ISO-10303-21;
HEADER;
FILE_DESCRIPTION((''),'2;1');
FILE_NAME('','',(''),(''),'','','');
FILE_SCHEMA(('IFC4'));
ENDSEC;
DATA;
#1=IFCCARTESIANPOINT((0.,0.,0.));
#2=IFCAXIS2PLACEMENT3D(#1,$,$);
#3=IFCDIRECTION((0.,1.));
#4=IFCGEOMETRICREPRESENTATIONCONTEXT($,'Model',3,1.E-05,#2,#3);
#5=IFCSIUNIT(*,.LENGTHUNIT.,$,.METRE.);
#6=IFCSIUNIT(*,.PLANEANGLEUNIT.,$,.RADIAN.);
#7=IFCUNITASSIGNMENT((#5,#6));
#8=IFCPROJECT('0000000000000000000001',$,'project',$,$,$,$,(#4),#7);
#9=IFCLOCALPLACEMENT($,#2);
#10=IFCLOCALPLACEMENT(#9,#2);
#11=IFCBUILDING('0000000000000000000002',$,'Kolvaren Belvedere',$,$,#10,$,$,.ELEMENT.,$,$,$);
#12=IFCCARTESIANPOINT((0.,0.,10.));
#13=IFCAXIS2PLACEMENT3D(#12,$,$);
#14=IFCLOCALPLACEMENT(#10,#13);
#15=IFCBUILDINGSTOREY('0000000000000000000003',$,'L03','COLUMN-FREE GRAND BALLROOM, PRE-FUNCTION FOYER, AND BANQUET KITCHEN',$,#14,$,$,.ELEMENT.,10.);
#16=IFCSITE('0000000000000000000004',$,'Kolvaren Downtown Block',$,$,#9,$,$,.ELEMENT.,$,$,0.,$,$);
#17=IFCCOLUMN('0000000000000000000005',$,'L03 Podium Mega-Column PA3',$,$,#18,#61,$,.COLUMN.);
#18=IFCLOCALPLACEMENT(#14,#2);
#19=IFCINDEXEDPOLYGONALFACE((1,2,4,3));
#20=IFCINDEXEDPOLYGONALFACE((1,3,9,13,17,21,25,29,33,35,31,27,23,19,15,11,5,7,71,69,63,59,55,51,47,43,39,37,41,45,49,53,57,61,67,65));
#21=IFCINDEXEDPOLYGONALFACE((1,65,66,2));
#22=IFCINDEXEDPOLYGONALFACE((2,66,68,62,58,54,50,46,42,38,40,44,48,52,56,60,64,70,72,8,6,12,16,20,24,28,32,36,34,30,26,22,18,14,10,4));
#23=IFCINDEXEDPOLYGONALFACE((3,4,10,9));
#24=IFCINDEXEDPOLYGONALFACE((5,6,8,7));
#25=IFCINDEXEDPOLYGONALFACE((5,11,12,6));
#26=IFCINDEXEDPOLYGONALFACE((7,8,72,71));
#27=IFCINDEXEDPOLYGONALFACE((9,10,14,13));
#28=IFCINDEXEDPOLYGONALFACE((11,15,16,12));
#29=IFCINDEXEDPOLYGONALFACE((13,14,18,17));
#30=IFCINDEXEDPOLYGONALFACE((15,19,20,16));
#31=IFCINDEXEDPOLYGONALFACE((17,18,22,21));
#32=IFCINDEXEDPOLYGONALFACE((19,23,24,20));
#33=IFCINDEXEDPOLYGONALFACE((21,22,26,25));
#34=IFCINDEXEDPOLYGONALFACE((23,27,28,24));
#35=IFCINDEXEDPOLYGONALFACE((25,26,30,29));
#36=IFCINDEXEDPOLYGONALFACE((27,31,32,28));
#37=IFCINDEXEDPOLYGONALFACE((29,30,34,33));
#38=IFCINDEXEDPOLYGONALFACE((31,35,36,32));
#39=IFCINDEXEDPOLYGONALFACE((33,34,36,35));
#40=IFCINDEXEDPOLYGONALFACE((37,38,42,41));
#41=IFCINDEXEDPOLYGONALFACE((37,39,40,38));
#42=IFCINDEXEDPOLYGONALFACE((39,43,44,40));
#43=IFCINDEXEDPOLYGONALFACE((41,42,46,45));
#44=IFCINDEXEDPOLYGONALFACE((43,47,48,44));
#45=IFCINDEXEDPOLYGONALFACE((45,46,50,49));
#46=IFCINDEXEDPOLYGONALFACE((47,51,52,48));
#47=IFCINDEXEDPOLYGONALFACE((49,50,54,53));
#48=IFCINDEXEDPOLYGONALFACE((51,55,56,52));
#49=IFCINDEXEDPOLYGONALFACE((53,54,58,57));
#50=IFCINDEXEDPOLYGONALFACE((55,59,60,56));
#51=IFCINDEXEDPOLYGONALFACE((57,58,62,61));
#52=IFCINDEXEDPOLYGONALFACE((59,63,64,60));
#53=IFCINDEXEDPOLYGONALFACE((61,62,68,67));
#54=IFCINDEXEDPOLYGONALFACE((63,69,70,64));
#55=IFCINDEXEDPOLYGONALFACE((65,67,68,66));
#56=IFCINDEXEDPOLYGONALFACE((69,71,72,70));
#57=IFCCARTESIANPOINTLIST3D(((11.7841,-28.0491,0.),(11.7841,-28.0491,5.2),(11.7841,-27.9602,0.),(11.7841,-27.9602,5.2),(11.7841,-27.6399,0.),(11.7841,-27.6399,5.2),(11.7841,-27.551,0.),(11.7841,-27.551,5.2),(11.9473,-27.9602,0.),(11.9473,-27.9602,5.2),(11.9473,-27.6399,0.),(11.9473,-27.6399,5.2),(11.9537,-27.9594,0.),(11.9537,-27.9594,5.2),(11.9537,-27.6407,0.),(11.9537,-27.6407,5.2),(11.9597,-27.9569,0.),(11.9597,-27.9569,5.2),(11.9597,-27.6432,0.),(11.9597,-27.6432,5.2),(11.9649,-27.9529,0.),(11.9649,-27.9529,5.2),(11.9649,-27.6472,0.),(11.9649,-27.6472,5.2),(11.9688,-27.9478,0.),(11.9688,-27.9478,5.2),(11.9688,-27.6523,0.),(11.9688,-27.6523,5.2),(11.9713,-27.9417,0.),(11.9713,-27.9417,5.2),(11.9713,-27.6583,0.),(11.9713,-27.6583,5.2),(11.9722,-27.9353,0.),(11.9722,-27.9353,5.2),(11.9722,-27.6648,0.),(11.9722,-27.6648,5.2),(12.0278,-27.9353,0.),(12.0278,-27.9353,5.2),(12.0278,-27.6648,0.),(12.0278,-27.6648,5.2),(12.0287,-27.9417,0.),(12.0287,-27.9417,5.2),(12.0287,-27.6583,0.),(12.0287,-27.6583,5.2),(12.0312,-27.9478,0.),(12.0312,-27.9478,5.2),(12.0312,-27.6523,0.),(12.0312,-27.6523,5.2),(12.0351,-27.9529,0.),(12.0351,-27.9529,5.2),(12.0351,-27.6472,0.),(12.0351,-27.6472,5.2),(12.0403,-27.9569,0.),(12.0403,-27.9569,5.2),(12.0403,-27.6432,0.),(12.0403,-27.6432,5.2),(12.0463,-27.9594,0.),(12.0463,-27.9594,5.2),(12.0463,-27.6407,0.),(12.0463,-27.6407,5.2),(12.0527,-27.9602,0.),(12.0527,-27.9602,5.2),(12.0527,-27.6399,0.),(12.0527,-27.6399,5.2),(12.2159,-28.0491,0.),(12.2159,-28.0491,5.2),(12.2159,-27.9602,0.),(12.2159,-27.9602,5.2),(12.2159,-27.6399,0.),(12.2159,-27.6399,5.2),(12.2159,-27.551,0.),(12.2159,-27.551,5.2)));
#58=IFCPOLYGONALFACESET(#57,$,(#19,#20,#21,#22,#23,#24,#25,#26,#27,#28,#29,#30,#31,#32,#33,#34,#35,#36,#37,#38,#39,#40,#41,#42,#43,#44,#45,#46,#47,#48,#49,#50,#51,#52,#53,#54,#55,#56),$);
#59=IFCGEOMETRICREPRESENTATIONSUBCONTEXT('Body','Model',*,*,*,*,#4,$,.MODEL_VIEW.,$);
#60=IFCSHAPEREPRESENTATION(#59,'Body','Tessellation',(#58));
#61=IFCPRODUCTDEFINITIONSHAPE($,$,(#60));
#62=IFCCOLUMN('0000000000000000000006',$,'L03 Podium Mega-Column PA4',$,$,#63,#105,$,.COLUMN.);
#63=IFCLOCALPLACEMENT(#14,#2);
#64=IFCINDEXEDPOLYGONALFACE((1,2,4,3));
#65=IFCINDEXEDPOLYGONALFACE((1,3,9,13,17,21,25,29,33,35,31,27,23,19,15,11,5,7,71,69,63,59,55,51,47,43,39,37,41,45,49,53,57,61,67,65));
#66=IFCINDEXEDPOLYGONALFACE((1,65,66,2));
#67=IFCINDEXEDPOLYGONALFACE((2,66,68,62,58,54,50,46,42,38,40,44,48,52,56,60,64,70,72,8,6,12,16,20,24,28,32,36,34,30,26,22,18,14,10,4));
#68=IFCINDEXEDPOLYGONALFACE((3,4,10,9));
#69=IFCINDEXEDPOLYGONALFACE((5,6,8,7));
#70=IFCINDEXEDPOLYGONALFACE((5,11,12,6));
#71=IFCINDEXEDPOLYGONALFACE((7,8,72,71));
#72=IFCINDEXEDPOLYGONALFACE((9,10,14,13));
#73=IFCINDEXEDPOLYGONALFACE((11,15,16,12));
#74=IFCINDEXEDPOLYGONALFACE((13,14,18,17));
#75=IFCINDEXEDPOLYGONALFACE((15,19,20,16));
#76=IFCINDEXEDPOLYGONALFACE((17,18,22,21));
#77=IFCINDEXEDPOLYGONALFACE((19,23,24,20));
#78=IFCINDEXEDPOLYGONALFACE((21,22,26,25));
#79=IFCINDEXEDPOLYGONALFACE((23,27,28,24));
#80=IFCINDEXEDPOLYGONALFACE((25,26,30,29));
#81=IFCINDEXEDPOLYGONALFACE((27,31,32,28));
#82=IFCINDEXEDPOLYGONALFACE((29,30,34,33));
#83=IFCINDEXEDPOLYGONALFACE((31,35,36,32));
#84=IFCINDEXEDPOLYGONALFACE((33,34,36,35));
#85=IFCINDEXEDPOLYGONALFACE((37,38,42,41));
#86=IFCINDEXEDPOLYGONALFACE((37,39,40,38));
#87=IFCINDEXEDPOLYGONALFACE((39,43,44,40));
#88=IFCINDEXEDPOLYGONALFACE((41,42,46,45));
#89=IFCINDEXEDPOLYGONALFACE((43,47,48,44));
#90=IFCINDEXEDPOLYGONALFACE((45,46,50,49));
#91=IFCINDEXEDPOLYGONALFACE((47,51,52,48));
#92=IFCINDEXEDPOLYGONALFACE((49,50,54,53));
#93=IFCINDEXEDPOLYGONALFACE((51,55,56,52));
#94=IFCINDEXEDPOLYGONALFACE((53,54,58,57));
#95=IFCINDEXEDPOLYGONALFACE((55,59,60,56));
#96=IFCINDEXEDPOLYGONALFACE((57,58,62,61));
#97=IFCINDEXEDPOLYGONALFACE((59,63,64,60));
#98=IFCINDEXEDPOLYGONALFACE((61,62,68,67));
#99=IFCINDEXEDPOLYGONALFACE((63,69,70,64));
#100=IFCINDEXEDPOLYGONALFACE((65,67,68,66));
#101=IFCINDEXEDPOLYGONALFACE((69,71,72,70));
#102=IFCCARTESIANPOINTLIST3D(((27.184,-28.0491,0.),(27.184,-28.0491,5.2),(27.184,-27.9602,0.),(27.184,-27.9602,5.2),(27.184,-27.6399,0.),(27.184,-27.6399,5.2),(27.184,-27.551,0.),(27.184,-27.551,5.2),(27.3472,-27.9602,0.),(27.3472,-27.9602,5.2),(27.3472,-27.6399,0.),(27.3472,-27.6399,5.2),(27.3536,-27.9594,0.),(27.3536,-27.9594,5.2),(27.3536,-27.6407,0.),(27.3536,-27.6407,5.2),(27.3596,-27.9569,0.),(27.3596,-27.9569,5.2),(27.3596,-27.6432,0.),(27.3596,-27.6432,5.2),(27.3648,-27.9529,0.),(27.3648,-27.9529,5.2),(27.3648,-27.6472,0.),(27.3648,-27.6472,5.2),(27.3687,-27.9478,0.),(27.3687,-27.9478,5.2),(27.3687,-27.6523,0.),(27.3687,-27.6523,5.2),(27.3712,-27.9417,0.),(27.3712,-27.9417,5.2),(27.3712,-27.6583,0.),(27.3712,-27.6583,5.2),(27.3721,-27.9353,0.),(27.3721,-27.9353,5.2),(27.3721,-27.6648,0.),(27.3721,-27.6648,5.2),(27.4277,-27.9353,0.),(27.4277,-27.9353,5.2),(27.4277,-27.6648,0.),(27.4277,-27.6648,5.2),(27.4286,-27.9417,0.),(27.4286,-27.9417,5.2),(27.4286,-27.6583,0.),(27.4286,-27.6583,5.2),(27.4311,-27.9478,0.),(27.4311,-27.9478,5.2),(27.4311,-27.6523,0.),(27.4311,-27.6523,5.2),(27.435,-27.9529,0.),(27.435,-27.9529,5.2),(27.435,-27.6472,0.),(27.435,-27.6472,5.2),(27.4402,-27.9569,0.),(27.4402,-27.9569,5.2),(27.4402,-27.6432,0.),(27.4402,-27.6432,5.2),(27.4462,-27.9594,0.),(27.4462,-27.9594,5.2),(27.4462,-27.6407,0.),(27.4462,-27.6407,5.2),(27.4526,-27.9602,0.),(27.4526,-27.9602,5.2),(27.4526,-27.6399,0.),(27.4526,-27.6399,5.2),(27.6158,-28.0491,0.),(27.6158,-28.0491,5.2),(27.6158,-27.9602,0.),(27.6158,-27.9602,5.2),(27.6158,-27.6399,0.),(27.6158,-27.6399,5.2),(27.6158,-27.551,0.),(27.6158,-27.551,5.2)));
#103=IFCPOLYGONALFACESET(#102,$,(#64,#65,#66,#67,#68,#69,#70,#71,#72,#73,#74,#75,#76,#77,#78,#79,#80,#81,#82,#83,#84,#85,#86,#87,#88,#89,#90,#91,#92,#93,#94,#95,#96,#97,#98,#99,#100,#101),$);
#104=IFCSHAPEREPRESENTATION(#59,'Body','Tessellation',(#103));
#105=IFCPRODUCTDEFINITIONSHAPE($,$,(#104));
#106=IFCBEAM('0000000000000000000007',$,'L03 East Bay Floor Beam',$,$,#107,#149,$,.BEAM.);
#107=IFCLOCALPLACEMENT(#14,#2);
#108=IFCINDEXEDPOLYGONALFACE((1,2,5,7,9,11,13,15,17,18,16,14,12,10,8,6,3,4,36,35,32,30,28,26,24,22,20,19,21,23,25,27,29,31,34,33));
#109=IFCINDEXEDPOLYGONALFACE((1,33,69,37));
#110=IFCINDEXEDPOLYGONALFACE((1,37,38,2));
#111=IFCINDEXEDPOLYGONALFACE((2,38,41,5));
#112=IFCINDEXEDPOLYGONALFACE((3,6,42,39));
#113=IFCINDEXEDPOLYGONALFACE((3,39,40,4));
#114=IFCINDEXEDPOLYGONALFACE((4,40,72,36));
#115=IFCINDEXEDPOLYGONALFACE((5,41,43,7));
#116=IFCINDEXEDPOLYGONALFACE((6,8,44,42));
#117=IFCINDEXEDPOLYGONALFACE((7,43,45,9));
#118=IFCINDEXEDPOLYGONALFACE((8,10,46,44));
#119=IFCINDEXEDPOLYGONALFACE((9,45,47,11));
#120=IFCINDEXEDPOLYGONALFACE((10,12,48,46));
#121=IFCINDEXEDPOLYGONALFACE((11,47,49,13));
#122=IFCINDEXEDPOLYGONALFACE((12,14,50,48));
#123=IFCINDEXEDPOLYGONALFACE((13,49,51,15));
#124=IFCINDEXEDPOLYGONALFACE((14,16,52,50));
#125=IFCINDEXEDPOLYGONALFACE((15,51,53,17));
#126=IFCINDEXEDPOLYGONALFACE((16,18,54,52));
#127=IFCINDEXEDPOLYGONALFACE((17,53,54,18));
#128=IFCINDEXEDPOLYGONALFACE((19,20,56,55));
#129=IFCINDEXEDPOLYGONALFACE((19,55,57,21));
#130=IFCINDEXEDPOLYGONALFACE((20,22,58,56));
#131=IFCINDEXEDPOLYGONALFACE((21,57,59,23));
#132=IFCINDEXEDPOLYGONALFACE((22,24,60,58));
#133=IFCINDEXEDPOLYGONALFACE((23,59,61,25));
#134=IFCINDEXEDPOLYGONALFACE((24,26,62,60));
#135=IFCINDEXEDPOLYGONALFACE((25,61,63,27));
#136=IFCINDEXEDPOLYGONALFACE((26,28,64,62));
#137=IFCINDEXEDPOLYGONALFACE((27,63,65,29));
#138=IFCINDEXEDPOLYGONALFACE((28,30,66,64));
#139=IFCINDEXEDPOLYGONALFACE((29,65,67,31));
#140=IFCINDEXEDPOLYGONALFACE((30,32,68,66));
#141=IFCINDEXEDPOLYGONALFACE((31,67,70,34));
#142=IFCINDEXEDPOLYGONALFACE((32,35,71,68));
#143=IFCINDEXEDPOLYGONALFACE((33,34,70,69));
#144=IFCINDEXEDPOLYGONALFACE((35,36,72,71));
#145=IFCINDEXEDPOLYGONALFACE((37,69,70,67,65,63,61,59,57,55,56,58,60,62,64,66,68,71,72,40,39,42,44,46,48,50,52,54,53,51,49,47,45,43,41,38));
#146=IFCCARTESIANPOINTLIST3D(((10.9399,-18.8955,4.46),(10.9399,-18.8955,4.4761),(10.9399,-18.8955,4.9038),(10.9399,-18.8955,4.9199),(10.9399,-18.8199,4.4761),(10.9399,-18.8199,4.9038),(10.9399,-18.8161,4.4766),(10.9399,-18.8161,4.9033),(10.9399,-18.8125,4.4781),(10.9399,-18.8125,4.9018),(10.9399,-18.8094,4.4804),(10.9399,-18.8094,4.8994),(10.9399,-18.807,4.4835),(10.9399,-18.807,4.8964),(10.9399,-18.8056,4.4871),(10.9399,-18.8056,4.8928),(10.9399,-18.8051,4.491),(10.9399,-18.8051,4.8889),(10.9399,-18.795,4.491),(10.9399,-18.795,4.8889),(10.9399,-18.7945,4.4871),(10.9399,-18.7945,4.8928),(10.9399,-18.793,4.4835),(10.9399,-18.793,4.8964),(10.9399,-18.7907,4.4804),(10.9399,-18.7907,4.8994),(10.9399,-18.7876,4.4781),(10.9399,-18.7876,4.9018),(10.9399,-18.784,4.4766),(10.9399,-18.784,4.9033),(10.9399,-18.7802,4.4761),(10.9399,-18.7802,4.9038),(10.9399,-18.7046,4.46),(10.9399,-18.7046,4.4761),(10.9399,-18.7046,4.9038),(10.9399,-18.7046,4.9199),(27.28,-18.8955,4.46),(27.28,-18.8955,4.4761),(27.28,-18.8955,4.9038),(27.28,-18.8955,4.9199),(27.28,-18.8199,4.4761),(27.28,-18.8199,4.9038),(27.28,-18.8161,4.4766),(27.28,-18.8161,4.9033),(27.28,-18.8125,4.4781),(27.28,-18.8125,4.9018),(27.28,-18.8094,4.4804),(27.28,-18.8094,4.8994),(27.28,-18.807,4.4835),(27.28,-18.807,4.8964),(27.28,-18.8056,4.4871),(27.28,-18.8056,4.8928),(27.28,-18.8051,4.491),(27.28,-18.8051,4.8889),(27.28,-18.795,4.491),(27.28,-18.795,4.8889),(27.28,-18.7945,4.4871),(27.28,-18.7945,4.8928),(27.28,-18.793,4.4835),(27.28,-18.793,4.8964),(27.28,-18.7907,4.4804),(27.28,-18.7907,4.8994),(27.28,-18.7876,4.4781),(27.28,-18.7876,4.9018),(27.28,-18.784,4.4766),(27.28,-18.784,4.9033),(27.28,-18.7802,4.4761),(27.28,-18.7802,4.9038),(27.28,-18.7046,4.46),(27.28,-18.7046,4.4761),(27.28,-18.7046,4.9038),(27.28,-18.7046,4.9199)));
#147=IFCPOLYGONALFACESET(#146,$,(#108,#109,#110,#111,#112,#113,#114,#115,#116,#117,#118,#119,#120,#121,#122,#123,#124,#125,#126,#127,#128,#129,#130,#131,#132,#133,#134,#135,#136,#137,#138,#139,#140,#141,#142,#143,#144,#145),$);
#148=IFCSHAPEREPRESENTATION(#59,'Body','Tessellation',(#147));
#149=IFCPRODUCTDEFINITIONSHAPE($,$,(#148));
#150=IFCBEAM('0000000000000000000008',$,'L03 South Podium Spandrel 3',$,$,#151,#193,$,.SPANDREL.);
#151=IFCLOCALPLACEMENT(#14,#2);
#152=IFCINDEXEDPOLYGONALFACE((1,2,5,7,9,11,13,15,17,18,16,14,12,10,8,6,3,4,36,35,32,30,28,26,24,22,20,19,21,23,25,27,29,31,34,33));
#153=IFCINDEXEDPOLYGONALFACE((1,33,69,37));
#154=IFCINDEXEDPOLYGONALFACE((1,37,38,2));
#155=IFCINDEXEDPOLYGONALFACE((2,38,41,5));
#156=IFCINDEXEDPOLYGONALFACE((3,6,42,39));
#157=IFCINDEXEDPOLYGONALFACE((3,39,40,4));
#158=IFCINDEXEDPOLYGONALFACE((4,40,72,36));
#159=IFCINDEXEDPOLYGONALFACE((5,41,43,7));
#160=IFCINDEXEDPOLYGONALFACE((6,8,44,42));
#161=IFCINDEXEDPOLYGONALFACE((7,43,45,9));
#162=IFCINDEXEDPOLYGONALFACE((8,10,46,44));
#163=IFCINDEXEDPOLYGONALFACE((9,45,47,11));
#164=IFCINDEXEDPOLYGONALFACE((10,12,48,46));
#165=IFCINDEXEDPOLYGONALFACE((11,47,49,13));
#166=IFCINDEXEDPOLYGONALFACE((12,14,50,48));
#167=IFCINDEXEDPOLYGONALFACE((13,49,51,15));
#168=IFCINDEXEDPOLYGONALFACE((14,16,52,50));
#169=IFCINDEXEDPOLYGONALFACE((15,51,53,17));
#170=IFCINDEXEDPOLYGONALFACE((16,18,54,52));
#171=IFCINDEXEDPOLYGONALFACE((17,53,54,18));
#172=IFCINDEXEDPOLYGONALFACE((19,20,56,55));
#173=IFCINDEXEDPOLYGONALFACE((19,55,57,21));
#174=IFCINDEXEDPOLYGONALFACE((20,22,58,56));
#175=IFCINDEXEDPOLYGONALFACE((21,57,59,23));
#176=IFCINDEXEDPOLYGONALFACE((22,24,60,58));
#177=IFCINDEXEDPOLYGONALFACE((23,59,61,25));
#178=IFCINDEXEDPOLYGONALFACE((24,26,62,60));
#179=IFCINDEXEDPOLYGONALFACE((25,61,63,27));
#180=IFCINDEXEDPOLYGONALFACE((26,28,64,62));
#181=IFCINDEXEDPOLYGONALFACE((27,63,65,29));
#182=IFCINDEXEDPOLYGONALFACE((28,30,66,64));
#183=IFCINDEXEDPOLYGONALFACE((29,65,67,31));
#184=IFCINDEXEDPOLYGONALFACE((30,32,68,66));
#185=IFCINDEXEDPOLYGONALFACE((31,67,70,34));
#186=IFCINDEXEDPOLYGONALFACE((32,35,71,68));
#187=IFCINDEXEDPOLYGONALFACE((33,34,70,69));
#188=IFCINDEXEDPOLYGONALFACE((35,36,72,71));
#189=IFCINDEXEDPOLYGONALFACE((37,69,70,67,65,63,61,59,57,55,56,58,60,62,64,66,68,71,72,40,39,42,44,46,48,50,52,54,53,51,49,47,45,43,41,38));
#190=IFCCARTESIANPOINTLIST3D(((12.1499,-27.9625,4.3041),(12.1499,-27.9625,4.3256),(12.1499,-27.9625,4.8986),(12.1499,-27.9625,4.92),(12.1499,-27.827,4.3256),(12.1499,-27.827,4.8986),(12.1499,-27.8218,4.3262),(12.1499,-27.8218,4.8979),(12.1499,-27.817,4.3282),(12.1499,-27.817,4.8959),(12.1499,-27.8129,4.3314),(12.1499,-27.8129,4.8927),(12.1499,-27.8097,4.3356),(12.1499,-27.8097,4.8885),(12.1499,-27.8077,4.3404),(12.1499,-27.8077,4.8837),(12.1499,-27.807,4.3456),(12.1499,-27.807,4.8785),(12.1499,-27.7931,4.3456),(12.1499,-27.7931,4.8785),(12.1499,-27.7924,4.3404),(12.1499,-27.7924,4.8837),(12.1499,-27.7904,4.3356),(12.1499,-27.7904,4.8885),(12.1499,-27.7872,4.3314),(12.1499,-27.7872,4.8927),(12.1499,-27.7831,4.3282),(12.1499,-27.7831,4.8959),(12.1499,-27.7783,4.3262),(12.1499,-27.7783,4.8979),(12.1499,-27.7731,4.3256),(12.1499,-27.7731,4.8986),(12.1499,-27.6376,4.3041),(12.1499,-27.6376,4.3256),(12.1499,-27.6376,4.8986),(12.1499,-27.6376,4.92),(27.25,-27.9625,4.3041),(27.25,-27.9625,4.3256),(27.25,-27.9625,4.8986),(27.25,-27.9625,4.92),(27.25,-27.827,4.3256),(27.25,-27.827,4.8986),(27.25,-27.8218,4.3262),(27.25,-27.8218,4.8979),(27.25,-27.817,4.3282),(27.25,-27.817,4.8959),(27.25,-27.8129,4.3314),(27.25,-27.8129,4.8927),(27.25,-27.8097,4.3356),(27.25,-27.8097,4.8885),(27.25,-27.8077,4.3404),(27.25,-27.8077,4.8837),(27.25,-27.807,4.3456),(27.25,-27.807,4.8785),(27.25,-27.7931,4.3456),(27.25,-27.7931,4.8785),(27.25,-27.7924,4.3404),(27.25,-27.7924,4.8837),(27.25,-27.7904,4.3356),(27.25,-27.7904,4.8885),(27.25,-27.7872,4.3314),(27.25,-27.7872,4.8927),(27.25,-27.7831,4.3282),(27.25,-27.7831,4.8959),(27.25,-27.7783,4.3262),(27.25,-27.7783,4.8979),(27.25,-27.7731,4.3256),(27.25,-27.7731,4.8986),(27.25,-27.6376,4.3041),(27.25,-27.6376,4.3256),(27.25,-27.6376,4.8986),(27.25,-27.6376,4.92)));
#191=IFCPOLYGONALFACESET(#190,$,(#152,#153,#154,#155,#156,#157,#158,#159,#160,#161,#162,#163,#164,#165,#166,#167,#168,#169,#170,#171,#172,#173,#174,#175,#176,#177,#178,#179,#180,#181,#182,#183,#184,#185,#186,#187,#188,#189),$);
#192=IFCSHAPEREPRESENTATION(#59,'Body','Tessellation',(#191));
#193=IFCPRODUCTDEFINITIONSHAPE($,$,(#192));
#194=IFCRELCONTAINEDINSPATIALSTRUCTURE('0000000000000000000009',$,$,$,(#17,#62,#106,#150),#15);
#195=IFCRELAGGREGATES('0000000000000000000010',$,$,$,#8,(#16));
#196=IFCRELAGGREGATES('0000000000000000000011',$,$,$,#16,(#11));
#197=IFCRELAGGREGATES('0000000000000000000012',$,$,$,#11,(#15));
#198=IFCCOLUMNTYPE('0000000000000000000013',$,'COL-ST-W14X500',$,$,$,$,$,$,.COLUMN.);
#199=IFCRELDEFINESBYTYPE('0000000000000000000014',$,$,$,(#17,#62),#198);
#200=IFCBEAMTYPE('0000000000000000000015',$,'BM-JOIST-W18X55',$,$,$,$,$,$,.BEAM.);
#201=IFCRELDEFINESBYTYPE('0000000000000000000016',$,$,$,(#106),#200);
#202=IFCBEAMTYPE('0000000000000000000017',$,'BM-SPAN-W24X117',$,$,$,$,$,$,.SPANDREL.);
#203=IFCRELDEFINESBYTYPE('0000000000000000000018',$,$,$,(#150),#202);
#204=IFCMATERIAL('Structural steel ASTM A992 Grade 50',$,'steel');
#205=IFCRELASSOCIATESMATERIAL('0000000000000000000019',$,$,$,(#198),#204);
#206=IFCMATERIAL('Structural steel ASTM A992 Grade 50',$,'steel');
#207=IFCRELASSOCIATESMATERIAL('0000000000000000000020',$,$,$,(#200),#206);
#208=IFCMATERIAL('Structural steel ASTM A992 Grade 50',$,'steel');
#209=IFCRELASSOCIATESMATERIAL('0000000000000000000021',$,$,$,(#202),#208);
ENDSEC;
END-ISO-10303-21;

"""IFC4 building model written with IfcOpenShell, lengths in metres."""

from ifc_helpers import new_model, si_unit, direction, frame, origin, origin_2d, place, context, subcontext, project, spatial, i_section, extrude, material, material_profile, profile_set, type_object, element, save


model = new_model("IFC4")

# Units and contexts
model_context = context("Model", 3, precision=1e-05, world=origin(), true_north=direction((0.0, 1.0)))
body_context = subcontext(model_context, "Body", "Model", "MODEL_VIEW")
ifc_project = project(units=[si_unit("LENGTHUNIT", "METRE"), si_unit("PLANEANGLEUNIT", "RADIAN")], contexts=[model_context])

# Site, building, storey
site_placement = place(None, origin())
site = spatial("IfcSite", under=ifc_project, at=site_placement, Name="Kolvaren Downtown Block", CompositionType="ELEMENT", RefElevation=0.0)
building_placement = place(site_placement, origin())
building = spatial("IfcBuilding", under=site, at=building_placement, Name="Kolvaren Belvedere", CompositionType="ELEMENT")
storey_placement = place(building_placement, frame((0.0, 0.0, 10.0)))
storey = spatial("IfcBuildingStorey", under=building, at=storey_placement, Name="L03", Description="COLUMN-FREE GRAND BALLROOM, PRE-FUNCTION FOYER, AND BANQUET KITCHEN", CompositionType="ELEMENT", Elevation=10.0)

# Columns
ifc_material_1 = material(Name="Structural steel ASTM A992 Grade 50", Category="steel")
ifc_material_profile_1 = material_profile(ifc_material_1, i_section(OverallWidth=0.4319, OverallDepth=0.498, WebThickness=0.0557, FlangeThickness=0.0889, FilletRadius=0.0249, at=origin_2d()), Name="W14X500")
ifc_profile_set_1 = profile_set([ifc_material_profile_1], Name="Structural steel ASTM A992 Grade 50")
column_type = type_object("IfcColumnType", Name="COL-ST-W14X500", PredefinedType="COLUMN", material=ifc_profile_set_1)
for number, where, z_axis, x_axis, name in (
    (1, (12.0, -27.8, 0.0), (0.0, 0.0, 1.0), (1.0, 0.0, 0.0), "L03 Podium Mega-Column PA3"),
    (2, (27.3999, -27.8, 0.0), (0.0, 0.0, 1.0), (1.0, 0.0, 0.0), "L03 Podium Mega-Column PA4"),
):
    element("IfcColumn", number, at=place(storey_placement, frame(where, z_axis=z_axis, x_axis=x_axis)), inside=storey, type_object=column_type, Name=name, PredefinedType="COLUMN", context=body_context, shape_type="SweptSolid", body=[
        extrude(i_section(OverallWidth=0.4319, OverallDepth=0.498, WebThickness=0.0557, FlangeThickness=0.0889, FilletRadius=0.0249, at=origin_2d()), origin(), (0.0, 0.0, 1.0), 5.2),
    ])

# Beams
ifc_material_2 = material(Name="Structural steel ASTM A992 Grade 50", Category="steel")
ifc_material_profile_2 = material_profile(ifc_material_2, i_section(OverallWidth=0.1909, OverallDepth=0.46, WebThickness=0.01, FlangeThickness=0.0161, FilletRadius=0.0149, at=origin_2d()), Name="W18X55")
ifc_profile_set_2 = profile_set([ifc_material_profile_2], Name="Structural steel ASTM A992 Grade 50")
beam_type_1 = type_object("IfcBeamType", Name="BM-JOIST-W18X55", PredefinedType="BEAM", material=ifc_profile_set_2)
beam_1_placement = place(storey_placement, frame((10.9399, -18.8, 4.6899), z_axis=(1.0, 0.0, 0.0), x_axis=(0.0, 1.0, 0.0)))
element("IfcBeam", 3, at=beam_1_placement, inside=storey, type_object=beam_type_1, Name="L03 East Bay Floor Beam", PredefinedType="BEAM", context=body_context, shape_type="SweptSolid", body=[
    extrude(i_section(OverallWidth=0.1909, OverallDepth=0.46, WebThickness=0.01, FlangeThickness=0.0161, FilletRadius=0.0149, at=origin_2d()), origin(), (0.0, 0.0, 1.0), 16.3401),
])
ifc_material_3 = material(Name="Structural steel ASTM A992 Grade 50", Category="steel")
ifc_material_profile_3 = material_profile(ifc_material_3, i_section(OverallWidth=0.325, OverallDepth=0.616, WebThickness=0.0139, FlangeThickness=0.0215, FilletRadius=0.02, at=origin_2d()), Name="W24X117")
ifc_profile_set_3 = profile_set([ifc_material_profile_3], Name="Structural steel ASTM A992 Grade 50")
beam_type_2 = type_object("IfcBeamType", Name="BM-SPAN-W24X117", PredefinedType="SPANDREL", material=ifc_profile_set_3)
beam_2_placement = place(storey_placement, frame((12.1499, -27.8, 4.6121), z_axis=(1.0, 0.0, 0.0), x_axis=(0.0, 1.0, 0.0)))
element("IfcBeam", 4, at=beam_2_placement, inside=storey, type_object=beam_type_2, Name="L03 South Podium Spandrel 3", PredefinedType="SPANDREL", context=body_context, shape_type="SweptSolid", body=[
    extrude(i_section(OverallWidth=0.325, OverallDepth=0.616, WebThickness=0.0139, FlangeThickness=0.0215, FilletRadius=0.02, at=origin_2d()), origin(), (0.0, 0.0, 1.0), 15.1001),
])

save(model, "model.ifc")
